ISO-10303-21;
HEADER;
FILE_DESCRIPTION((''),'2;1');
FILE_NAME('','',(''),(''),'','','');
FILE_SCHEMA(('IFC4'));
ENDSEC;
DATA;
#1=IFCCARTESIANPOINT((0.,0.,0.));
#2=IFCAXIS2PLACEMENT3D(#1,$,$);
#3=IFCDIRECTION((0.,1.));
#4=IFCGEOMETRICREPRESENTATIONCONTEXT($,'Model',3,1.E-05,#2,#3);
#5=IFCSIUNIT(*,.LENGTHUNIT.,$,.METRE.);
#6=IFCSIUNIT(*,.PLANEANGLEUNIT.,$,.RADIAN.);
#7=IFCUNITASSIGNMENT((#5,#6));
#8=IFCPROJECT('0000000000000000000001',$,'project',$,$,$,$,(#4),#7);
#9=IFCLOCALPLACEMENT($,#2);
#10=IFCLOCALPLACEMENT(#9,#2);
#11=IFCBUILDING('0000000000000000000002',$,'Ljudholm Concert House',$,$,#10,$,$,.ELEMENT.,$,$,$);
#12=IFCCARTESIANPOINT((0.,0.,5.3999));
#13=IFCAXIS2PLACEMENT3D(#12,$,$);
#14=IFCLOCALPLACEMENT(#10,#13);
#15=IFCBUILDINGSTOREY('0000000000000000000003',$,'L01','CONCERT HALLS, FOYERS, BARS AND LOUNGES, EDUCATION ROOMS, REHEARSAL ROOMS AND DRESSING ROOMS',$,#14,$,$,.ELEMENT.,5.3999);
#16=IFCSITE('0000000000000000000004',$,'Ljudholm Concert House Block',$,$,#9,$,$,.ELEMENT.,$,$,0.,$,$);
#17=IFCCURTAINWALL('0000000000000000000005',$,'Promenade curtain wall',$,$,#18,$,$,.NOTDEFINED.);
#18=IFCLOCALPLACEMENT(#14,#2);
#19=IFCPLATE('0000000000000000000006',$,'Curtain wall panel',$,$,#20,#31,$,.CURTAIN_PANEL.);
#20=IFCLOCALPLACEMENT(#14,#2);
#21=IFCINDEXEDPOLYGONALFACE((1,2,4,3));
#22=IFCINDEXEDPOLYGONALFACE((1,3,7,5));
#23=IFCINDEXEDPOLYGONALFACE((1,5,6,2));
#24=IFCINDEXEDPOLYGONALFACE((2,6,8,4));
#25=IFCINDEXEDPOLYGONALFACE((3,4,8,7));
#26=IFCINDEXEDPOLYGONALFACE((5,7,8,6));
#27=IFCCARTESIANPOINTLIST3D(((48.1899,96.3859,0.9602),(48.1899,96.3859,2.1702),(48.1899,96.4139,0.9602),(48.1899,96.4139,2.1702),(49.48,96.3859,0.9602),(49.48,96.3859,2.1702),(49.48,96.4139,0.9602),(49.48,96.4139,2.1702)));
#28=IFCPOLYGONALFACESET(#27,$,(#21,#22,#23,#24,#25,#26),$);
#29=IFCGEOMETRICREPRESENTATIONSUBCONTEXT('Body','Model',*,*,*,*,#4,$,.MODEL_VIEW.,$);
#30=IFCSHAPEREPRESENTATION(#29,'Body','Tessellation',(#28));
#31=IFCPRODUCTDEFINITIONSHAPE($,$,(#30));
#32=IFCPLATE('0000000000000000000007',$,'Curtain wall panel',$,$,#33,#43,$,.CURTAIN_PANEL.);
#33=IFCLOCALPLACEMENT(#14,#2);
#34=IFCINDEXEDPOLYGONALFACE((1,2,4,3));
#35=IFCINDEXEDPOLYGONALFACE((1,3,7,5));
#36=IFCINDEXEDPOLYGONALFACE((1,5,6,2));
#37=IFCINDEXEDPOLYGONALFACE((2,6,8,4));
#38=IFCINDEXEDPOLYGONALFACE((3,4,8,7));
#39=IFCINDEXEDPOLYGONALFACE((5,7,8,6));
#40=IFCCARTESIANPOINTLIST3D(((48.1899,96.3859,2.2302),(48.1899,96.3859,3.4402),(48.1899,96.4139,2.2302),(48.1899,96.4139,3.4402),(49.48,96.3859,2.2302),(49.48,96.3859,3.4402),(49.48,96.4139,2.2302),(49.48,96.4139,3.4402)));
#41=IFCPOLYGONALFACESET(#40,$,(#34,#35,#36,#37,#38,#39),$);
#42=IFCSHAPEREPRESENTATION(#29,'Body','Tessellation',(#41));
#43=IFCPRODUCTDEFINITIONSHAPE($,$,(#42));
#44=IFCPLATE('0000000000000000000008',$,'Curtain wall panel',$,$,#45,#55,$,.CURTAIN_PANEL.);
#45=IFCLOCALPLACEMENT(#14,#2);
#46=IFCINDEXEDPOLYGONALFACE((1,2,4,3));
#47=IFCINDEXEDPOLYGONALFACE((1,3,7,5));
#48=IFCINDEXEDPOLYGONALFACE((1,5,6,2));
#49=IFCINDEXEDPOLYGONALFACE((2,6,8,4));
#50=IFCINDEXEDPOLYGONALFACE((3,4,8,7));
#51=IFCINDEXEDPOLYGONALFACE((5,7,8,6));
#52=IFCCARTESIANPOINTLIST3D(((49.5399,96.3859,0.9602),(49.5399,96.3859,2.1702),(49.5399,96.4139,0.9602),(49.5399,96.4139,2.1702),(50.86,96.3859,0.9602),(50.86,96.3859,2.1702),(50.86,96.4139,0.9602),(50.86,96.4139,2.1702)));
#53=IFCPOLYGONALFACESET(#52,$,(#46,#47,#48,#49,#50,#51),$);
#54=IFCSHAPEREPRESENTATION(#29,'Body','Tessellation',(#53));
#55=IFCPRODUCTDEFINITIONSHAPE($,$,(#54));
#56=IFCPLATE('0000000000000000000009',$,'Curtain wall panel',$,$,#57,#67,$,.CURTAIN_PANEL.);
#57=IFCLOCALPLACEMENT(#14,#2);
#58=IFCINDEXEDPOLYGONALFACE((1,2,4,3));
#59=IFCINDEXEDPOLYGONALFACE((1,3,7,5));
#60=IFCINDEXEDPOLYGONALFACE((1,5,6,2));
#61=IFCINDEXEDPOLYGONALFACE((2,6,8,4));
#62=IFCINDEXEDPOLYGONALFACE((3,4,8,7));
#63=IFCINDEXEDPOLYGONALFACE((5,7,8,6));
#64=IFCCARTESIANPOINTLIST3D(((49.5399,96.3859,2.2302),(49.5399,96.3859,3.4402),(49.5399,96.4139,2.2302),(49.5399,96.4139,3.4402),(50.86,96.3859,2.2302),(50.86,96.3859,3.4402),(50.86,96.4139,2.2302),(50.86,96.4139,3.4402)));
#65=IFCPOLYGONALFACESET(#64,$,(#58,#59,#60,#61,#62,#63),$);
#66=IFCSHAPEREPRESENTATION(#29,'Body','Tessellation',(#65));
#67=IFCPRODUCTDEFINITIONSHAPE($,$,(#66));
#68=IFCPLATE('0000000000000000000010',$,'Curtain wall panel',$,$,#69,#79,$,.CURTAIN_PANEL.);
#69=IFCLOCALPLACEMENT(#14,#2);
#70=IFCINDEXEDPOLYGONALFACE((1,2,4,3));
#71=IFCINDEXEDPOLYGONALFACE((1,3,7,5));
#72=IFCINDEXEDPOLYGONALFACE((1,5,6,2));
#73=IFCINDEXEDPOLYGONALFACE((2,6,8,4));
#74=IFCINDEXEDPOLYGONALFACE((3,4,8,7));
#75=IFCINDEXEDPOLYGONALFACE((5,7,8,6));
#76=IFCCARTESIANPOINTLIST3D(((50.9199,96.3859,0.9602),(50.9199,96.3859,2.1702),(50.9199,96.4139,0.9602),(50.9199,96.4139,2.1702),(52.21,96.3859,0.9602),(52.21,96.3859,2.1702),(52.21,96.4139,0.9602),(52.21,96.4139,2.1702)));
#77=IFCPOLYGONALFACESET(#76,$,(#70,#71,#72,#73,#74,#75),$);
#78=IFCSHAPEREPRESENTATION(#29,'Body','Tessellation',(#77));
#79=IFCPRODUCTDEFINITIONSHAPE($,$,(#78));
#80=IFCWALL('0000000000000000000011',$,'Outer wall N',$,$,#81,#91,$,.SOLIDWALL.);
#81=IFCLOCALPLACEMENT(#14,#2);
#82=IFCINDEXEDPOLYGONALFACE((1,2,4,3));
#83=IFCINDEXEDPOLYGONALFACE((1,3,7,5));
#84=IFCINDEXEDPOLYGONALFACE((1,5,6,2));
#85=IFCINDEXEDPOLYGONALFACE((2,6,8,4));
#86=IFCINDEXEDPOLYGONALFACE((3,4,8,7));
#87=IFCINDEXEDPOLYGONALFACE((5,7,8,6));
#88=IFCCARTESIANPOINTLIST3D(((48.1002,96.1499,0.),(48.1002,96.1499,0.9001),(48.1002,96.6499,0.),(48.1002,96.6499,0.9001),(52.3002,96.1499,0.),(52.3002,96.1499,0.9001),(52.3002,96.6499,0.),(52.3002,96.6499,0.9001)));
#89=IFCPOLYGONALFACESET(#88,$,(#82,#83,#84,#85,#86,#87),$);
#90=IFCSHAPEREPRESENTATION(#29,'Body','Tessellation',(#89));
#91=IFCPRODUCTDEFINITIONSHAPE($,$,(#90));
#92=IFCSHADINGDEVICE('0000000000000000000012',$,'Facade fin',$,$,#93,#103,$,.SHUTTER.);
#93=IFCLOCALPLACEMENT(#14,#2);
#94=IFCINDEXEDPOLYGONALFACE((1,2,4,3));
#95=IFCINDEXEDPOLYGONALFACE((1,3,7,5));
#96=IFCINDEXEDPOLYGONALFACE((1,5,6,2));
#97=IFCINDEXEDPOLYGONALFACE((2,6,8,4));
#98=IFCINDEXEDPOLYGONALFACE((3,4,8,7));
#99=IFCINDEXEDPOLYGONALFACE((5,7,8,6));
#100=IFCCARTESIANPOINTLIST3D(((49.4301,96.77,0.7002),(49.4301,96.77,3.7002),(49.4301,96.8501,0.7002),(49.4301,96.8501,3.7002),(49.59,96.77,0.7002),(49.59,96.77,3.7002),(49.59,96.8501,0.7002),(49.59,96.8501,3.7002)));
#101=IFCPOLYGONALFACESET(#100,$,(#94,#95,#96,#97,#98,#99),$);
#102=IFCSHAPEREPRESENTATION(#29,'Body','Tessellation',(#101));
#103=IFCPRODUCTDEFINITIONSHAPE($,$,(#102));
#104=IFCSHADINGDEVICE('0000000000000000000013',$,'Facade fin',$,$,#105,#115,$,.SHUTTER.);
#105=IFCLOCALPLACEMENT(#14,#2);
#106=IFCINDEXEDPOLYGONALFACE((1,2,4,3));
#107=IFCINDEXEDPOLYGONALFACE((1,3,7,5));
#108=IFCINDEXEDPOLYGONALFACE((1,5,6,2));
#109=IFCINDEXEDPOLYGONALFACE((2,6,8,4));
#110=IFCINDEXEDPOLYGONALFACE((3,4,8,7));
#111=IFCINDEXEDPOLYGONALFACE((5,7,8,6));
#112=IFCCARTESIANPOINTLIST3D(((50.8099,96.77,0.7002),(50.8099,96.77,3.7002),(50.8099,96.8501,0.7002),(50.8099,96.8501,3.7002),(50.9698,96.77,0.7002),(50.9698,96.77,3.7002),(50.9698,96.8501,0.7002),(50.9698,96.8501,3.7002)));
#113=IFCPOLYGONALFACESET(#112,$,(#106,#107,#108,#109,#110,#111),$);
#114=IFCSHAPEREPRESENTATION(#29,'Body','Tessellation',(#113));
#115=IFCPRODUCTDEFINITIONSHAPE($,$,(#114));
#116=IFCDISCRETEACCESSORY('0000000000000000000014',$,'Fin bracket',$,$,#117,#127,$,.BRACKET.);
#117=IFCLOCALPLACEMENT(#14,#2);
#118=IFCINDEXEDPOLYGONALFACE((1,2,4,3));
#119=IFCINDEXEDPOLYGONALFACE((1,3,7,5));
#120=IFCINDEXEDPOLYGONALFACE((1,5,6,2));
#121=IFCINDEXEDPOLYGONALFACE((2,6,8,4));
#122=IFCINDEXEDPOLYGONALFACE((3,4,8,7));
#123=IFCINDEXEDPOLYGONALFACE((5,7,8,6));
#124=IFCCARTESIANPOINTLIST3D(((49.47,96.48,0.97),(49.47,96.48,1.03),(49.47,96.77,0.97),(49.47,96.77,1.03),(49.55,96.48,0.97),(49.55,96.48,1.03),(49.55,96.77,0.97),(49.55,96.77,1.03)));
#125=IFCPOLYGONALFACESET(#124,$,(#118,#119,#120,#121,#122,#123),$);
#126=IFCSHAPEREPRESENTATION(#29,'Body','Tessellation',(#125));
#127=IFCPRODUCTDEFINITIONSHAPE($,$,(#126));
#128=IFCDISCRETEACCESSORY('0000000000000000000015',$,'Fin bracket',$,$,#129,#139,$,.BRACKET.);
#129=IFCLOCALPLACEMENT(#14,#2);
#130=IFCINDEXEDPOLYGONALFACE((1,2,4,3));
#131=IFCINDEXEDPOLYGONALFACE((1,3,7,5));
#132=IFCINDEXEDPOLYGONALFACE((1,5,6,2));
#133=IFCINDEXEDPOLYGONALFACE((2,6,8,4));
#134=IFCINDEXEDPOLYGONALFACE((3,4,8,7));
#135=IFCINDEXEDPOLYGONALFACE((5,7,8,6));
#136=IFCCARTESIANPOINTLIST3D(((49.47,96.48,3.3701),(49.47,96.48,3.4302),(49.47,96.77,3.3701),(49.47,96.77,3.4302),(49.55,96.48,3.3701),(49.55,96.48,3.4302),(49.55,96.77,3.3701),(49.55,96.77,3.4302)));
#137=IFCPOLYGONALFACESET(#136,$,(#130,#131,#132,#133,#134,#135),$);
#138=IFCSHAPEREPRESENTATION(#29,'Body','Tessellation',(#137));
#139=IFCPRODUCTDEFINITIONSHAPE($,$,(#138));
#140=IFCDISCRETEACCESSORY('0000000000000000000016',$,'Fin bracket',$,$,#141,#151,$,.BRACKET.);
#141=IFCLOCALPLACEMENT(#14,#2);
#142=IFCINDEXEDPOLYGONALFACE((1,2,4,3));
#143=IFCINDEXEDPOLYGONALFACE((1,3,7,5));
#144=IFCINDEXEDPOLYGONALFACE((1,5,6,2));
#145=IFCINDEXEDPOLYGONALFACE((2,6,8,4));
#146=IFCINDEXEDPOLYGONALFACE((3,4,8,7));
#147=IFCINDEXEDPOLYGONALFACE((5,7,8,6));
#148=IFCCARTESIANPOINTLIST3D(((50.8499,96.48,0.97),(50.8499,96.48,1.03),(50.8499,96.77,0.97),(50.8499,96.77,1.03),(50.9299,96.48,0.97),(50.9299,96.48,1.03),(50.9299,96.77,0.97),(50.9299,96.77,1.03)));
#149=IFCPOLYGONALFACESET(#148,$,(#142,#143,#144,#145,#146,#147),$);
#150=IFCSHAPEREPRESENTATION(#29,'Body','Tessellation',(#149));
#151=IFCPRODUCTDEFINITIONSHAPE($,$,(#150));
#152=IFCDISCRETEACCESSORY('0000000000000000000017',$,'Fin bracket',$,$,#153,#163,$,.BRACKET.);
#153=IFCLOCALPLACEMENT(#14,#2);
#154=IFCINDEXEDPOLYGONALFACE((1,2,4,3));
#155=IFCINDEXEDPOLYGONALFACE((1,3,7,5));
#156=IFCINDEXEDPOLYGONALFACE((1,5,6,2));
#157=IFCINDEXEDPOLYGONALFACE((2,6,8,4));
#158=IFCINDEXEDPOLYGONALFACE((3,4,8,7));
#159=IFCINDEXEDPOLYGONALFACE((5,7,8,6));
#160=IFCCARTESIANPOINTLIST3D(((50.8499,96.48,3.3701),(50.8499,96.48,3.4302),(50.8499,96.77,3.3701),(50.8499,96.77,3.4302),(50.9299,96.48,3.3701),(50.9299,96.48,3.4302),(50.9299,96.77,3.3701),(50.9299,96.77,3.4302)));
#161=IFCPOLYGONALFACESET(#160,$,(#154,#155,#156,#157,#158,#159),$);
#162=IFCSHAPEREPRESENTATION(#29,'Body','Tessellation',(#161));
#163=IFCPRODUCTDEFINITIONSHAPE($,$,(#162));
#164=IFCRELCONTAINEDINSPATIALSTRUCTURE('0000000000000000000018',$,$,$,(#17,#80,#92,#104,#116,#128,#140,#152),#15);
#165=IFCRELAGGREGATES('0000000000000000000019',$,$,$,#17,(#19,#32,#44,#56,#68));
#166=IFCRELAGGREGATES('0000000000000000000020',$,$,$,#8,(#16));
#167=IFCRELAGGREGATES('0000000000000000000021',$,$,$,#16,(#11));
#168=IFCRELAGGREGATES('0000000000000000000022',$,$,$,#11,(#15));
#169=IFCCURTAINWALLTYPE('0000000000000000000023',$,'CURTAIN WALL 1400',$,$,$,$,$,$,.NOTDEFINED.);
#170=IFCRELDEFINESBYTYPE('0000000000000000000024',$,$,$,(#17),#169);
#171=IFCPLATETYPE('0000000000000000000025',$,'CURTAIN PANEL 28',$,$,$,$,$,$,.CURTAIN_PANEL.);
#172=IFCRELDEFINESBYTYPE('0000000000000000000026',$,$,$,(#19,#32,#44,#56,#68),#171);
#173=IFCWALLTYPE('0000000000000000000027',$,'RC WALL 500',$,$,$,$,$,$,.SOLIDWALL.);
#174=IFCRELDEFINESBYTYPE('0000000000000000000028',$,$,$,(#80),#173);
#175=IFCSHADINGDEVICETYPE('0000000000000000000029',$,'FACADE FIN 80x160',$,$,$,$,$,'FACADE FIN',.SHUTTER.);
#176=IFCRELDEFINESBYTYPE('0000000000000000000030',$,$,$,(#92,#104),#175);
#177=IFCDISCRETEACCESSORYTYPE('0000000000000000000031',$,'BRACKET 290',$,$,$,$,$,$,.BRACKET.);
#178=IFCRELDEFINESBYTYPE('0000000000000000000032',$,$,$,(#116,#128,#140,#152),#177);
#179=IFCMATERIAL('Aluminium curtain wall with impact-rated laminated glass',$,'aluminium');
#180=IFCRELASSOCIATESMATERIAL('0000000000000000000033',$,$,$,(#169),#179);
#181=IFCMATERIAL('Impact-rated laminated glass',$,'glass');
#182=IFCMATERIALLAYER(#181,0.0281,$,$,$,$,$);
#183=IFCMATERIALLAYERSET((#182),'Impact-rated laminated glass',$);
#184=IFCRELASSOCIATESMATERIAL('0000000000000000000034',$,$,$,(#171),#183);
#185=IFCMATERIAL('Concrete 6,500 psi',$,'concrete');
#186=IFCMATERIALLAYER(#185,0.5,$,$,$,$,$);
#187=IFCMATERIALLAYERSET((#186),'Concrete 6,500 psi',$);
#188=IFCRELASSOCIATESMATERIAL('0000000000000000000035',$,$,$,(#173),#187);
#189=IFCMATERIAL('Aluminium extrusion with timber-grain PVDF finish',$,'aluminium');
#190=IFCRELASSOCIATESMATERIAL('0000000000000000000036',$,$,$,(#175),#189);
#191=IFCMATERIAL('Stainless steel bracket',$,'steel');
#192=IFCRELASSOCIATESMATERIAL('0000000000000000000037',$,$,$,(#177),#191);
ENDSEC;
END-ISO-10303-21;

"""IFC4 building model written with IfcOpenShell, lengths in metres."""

from ifc_helpers import new_model, si_unit, direction, frame, frame_2d, origin, origin_2d, place, context, subcontext, project, spatial, rectangle, extrude, material, layer, layer_set, type_object, element, aggregate, save


model = new_model("IFC4")

# Units and contexts
model_context = context("Model", 3, precision=1e-05, world=origin(), true_north=direction((0.0, 1.0)))
body_context = subcontext(model_context, "Body", "Model", "MODEL_VIEW")
ifc_project = project(units=[si_unit("LENGTHUNIT", "METRE"), si_unit("PLANEANGLEUNIT", "RADIAN")], contexts=[model_context])

# Site, building, storey
site_placement = place(None, origin())
site = spatial("IfcSite", under=ifc_project, at=site_placement, Name="Ljudholm Concert House Block", CompositionType="ELEMENT", RefElevation=0.0)
building_placement = place(site_placement, origin())
building = spatial("IfcBuilding", under=site, at=building_placement, Name="Ljudholm Concert House", CompositionType="ELEMENT")
storey_placement = place(building_placement, frame((0.0, 0.0, 5.3999)))
storey = spatial("IfcBuildingStorey", under=building, at=storey_placement, Name="L01", Description="CONCERT HALLS, FOYERS, BARS AND LOUNGES, EDUCATION ROOMS, REHEARSAL ROOMS AND DRESSING ROOMS", CompositionType="ELEMENT", Elevation=5.3999)

# Curtain wall
ifc_material_1 = material(Name="Aluminium curtain wall with impact-rated laminated glass", Category="aluminium")
curtain_wall_type = type_object("IfcCurtainWallType", Name="CURTAIN WALL 1400", PredefinedType="NOTDEFINED", material=ifc_material_1)
curtain_wall_1_placement = place(storey_placement, origin())
curtain_wall_1 = element("IfcCurtainWall", 1, at=curtain_wall_1_placement, inside=storey, type_object=curtain_wall_type, Name="Promenade curtain wall", PredefinedType="NOTDEFINED")

# Plates
ifc_material_2 = material(Name="Impact-rated laminated glass", Category="glass")
ifc_layer_1 = layer(ifc_material_2, 0.0281)
ifc_layer_set_1 = layer_set([ifc_layer_1], Name="Impact-rated laminated glass")
plate_type = type_object("IfcPlateType", Name="CURTAIN PANEL 28", PredefinedType="CURTAIN_PANEL", material=ifc_layer_set_1)
plate_1_placement = place(storey_placement, frame((48.835, 96.3999, 0.9602), z_axis=(0.0, 0.0, 1.0), x_axis=(1.0, 0.0, 0.0)))
plate_1 = element("IfcPlate", 2, at=plate_1_placement, type_object=plate_type, Name="Curtain wall panel", PredefinedType="CURTAIN_PANEL", context=body_context, shape_type="SweptSolid", body=[
    extrude(rectangle(XDim=1.29, YDim=0.0281, at=origin_2d()), origin(), (0.0, 0.0, 1.0), 1.21),
])
plate_2_placement = place(storey_placement, frame((48.835, 96.3999, 2.2302), z_axis=(0.0, 0.0, 1.0), x_axis=(1.0, 0.0, 0.0)))
plate_2 = element("IfcPlate", 3, at=plate_2_placement, type_object=plate_type, Name="Curtain wall panel", PredefinedType="CURTAIN_PANEL", context=body_context, shape_type="SweptSolid", body=[
    extrude(rectangle(XDim=1.29, YDim=0.0281, at=origin_2d()), origin(), (0.0, 0.0, 1.0), 1.21),
])
plate_3_placement = place(storey_placement, frame((50.2, 96.3999, 0.9602), z_axis=(0.0, 0.0, 1.0), x_axis=(1.0, 0.0, 0.0)))
plate_3 = element("IfcPlate", 4, at=plate_3_placement, type_object=plate_type, Name="Curtain wall panel", PredefinedType="CURTAIN_PANEL", context=body_context, shape_type="SweptSolid", body=[
    extrude(rectangle(XDim=1.3201, YDim=0.0281, at=origin_2d()), origin(), (0.0, 0.0, 1.0), 1.21),
])
plate_4_placement = place(storey_placement, frame((50.2, 96.3999, 2.2302), z_axis=(0.0, 0.0, 1.0), x_axis=(1.0, 0.0, 0.0)))
plate_4 = element("IfcPlate", 5, at=plate_4_placement, type_object=plate_type, Name="Curtain wall panel", PredefinedType="CURTAIN_PANEL", context=body_context, shape_type="SweptSolid", body=[
    extrude(rectangle(XDim=1.3201, YDim=0.0281, at=origin_2d()), origin(), (0.0, 0.0, 1.0), 1.21),
])
plate_5_placement = place(storey_placement, frame((51.5649, 96.3999, 0.9602), z_axis=(0.0, 0.0, 1.0), x_axis=(1.0, 0.0, 0.0)))
plate_5 = element("IfcPlate", 6, at=plate_5_placement, type_object=plate_type, Name="Curtain wall panel", PredefinedType="CURTAIN_PANEL", context=body_context, shape_type="SweptSolid", body=[
    extrude(rectangle(XDim=1.29, YDim=0.0281, at=origin_2d()), origin(), (0.0, 0.0, 1.0), 1.21),
])
aggregate(curtain_wall_1, [plate_1, plate_2, plate_3, plate_4, plate_5])

# Wall
ifc_material_3 = material(Name="Concrete 6,500 psi", Category="concrete")
ifc_layer_2 = layer(ifc_material_3, 0.5)
ifc_layer_set_2 = layer_set([ifc_layer_2], Name="Concrete 6,500 psi")
wall_type = type_object("IfcWallType", Name="RC WALL 500", PredefinedType="SOLIDWALL", material=ifc_layer_set_2)
wall_placement = place(storey_placement, frame((48.1001, 96.3999, 0.0), z_axis=(0.0, 0.0, 1.0), x_axis=(1.0, 0.0, 0.0)))
element("IfcWall", 7, at=wall_placement, inside=storey, type_object=wall_type, Name="Outer wall N", PredefinedType="SOLIDWALL", context=body_context, shape_type="SweptSolid", body=[
    extrude(rectangle(XDim=4.2, YDim=0.5, at=frame_2d((2.1001, 0.0))), origin(), (0.0, 0.0, 1.0), 0.9001),
])

# Shading devices
ifc_material_4 = material(Name="Aluminium extrusion with timber-grain PVDF finish", Category="aluminium")
shading_device_type = type_object("IfcShadingDeviceType", Name="FACADE FIN 80x160", ElementType="FACADE FIN", PredefinedType="SHUTTER", material=ifc_material_4)
for number, where, z_axis, x_axis, name in (
    (8, (49.51, 96.8101, 0.7002), (0.0, 0.0, 1.0), (0.0, 1.0, 0.0), "Facade fin"),
    (9, (50.8899, 96.8101, 0.7002), (0.0, 0.0, 1.0), (0.0, 1.0, 0.0), "Facade fin"),
):
    element("IfcShadingDevice", number, at=place(storey_placement, frame(where, z_axis=z_axis, x_axis=x_axis)), inside=storey, type_object=shading_device_type, Name=name, PredefinedType="SHUTTER", context=body_context, shape_type="SweptSolid", body=[
        extrude(rectangle(XDim=0.0801, YDim=0.1599, at=origin_2d()), origin(), (0.0, 0.0, 1.0), 3.0),
    ])

# Discrete accessories
ifc_material_5 = material(Name="Stainless steel bracket", Category="steel")
discrete_accessory_type = type_object("IfcDiscreteAccessoryType", Name="BRACKET 290", PredefinedType="BRACKET", material=ifc_material_5)
for number, where, z_axis, x_axis, name in (
    (10, (49.51, 96.625, 0.97), (0.0, 0.0, 1.0), (0.0, 1.0, 0.0), "Fin bracket"),
    (11, (49.51, 96.625, 3.3701), (0.0, 0.0, 1.0), (0.0, 1.0, 0.0), "Fin bracket"),
    (12, (50.8899, 96.625, 0.97), (0.0, 0.0, 1.0), (0.0, 1.0, 0.0), "Fin bracket"),
    (13, (50.8899, 96.625, 3.3701), (0.0, 0.0, 1.0), (0.0, 1.0, 0.0), "Fin bracket"),
):
    element("IfcDiscreteAccessory", number, at=place(storey_placement, frame(where, z_axis=z_axis, x_axis=x_axis)), inside=storey, type_object=discrete_accessory_type, Name=name, PredefinedType="BRACKET", context=body_context, shape_type="SweptSolid", body=[
        extrude(rectangle(XDim=0.29, YDim=0.0801, at=origin_2d()), origin(), (0.0, 0.0, 1.0), 0.0601),
    ])

save(model, "model.ifc")
